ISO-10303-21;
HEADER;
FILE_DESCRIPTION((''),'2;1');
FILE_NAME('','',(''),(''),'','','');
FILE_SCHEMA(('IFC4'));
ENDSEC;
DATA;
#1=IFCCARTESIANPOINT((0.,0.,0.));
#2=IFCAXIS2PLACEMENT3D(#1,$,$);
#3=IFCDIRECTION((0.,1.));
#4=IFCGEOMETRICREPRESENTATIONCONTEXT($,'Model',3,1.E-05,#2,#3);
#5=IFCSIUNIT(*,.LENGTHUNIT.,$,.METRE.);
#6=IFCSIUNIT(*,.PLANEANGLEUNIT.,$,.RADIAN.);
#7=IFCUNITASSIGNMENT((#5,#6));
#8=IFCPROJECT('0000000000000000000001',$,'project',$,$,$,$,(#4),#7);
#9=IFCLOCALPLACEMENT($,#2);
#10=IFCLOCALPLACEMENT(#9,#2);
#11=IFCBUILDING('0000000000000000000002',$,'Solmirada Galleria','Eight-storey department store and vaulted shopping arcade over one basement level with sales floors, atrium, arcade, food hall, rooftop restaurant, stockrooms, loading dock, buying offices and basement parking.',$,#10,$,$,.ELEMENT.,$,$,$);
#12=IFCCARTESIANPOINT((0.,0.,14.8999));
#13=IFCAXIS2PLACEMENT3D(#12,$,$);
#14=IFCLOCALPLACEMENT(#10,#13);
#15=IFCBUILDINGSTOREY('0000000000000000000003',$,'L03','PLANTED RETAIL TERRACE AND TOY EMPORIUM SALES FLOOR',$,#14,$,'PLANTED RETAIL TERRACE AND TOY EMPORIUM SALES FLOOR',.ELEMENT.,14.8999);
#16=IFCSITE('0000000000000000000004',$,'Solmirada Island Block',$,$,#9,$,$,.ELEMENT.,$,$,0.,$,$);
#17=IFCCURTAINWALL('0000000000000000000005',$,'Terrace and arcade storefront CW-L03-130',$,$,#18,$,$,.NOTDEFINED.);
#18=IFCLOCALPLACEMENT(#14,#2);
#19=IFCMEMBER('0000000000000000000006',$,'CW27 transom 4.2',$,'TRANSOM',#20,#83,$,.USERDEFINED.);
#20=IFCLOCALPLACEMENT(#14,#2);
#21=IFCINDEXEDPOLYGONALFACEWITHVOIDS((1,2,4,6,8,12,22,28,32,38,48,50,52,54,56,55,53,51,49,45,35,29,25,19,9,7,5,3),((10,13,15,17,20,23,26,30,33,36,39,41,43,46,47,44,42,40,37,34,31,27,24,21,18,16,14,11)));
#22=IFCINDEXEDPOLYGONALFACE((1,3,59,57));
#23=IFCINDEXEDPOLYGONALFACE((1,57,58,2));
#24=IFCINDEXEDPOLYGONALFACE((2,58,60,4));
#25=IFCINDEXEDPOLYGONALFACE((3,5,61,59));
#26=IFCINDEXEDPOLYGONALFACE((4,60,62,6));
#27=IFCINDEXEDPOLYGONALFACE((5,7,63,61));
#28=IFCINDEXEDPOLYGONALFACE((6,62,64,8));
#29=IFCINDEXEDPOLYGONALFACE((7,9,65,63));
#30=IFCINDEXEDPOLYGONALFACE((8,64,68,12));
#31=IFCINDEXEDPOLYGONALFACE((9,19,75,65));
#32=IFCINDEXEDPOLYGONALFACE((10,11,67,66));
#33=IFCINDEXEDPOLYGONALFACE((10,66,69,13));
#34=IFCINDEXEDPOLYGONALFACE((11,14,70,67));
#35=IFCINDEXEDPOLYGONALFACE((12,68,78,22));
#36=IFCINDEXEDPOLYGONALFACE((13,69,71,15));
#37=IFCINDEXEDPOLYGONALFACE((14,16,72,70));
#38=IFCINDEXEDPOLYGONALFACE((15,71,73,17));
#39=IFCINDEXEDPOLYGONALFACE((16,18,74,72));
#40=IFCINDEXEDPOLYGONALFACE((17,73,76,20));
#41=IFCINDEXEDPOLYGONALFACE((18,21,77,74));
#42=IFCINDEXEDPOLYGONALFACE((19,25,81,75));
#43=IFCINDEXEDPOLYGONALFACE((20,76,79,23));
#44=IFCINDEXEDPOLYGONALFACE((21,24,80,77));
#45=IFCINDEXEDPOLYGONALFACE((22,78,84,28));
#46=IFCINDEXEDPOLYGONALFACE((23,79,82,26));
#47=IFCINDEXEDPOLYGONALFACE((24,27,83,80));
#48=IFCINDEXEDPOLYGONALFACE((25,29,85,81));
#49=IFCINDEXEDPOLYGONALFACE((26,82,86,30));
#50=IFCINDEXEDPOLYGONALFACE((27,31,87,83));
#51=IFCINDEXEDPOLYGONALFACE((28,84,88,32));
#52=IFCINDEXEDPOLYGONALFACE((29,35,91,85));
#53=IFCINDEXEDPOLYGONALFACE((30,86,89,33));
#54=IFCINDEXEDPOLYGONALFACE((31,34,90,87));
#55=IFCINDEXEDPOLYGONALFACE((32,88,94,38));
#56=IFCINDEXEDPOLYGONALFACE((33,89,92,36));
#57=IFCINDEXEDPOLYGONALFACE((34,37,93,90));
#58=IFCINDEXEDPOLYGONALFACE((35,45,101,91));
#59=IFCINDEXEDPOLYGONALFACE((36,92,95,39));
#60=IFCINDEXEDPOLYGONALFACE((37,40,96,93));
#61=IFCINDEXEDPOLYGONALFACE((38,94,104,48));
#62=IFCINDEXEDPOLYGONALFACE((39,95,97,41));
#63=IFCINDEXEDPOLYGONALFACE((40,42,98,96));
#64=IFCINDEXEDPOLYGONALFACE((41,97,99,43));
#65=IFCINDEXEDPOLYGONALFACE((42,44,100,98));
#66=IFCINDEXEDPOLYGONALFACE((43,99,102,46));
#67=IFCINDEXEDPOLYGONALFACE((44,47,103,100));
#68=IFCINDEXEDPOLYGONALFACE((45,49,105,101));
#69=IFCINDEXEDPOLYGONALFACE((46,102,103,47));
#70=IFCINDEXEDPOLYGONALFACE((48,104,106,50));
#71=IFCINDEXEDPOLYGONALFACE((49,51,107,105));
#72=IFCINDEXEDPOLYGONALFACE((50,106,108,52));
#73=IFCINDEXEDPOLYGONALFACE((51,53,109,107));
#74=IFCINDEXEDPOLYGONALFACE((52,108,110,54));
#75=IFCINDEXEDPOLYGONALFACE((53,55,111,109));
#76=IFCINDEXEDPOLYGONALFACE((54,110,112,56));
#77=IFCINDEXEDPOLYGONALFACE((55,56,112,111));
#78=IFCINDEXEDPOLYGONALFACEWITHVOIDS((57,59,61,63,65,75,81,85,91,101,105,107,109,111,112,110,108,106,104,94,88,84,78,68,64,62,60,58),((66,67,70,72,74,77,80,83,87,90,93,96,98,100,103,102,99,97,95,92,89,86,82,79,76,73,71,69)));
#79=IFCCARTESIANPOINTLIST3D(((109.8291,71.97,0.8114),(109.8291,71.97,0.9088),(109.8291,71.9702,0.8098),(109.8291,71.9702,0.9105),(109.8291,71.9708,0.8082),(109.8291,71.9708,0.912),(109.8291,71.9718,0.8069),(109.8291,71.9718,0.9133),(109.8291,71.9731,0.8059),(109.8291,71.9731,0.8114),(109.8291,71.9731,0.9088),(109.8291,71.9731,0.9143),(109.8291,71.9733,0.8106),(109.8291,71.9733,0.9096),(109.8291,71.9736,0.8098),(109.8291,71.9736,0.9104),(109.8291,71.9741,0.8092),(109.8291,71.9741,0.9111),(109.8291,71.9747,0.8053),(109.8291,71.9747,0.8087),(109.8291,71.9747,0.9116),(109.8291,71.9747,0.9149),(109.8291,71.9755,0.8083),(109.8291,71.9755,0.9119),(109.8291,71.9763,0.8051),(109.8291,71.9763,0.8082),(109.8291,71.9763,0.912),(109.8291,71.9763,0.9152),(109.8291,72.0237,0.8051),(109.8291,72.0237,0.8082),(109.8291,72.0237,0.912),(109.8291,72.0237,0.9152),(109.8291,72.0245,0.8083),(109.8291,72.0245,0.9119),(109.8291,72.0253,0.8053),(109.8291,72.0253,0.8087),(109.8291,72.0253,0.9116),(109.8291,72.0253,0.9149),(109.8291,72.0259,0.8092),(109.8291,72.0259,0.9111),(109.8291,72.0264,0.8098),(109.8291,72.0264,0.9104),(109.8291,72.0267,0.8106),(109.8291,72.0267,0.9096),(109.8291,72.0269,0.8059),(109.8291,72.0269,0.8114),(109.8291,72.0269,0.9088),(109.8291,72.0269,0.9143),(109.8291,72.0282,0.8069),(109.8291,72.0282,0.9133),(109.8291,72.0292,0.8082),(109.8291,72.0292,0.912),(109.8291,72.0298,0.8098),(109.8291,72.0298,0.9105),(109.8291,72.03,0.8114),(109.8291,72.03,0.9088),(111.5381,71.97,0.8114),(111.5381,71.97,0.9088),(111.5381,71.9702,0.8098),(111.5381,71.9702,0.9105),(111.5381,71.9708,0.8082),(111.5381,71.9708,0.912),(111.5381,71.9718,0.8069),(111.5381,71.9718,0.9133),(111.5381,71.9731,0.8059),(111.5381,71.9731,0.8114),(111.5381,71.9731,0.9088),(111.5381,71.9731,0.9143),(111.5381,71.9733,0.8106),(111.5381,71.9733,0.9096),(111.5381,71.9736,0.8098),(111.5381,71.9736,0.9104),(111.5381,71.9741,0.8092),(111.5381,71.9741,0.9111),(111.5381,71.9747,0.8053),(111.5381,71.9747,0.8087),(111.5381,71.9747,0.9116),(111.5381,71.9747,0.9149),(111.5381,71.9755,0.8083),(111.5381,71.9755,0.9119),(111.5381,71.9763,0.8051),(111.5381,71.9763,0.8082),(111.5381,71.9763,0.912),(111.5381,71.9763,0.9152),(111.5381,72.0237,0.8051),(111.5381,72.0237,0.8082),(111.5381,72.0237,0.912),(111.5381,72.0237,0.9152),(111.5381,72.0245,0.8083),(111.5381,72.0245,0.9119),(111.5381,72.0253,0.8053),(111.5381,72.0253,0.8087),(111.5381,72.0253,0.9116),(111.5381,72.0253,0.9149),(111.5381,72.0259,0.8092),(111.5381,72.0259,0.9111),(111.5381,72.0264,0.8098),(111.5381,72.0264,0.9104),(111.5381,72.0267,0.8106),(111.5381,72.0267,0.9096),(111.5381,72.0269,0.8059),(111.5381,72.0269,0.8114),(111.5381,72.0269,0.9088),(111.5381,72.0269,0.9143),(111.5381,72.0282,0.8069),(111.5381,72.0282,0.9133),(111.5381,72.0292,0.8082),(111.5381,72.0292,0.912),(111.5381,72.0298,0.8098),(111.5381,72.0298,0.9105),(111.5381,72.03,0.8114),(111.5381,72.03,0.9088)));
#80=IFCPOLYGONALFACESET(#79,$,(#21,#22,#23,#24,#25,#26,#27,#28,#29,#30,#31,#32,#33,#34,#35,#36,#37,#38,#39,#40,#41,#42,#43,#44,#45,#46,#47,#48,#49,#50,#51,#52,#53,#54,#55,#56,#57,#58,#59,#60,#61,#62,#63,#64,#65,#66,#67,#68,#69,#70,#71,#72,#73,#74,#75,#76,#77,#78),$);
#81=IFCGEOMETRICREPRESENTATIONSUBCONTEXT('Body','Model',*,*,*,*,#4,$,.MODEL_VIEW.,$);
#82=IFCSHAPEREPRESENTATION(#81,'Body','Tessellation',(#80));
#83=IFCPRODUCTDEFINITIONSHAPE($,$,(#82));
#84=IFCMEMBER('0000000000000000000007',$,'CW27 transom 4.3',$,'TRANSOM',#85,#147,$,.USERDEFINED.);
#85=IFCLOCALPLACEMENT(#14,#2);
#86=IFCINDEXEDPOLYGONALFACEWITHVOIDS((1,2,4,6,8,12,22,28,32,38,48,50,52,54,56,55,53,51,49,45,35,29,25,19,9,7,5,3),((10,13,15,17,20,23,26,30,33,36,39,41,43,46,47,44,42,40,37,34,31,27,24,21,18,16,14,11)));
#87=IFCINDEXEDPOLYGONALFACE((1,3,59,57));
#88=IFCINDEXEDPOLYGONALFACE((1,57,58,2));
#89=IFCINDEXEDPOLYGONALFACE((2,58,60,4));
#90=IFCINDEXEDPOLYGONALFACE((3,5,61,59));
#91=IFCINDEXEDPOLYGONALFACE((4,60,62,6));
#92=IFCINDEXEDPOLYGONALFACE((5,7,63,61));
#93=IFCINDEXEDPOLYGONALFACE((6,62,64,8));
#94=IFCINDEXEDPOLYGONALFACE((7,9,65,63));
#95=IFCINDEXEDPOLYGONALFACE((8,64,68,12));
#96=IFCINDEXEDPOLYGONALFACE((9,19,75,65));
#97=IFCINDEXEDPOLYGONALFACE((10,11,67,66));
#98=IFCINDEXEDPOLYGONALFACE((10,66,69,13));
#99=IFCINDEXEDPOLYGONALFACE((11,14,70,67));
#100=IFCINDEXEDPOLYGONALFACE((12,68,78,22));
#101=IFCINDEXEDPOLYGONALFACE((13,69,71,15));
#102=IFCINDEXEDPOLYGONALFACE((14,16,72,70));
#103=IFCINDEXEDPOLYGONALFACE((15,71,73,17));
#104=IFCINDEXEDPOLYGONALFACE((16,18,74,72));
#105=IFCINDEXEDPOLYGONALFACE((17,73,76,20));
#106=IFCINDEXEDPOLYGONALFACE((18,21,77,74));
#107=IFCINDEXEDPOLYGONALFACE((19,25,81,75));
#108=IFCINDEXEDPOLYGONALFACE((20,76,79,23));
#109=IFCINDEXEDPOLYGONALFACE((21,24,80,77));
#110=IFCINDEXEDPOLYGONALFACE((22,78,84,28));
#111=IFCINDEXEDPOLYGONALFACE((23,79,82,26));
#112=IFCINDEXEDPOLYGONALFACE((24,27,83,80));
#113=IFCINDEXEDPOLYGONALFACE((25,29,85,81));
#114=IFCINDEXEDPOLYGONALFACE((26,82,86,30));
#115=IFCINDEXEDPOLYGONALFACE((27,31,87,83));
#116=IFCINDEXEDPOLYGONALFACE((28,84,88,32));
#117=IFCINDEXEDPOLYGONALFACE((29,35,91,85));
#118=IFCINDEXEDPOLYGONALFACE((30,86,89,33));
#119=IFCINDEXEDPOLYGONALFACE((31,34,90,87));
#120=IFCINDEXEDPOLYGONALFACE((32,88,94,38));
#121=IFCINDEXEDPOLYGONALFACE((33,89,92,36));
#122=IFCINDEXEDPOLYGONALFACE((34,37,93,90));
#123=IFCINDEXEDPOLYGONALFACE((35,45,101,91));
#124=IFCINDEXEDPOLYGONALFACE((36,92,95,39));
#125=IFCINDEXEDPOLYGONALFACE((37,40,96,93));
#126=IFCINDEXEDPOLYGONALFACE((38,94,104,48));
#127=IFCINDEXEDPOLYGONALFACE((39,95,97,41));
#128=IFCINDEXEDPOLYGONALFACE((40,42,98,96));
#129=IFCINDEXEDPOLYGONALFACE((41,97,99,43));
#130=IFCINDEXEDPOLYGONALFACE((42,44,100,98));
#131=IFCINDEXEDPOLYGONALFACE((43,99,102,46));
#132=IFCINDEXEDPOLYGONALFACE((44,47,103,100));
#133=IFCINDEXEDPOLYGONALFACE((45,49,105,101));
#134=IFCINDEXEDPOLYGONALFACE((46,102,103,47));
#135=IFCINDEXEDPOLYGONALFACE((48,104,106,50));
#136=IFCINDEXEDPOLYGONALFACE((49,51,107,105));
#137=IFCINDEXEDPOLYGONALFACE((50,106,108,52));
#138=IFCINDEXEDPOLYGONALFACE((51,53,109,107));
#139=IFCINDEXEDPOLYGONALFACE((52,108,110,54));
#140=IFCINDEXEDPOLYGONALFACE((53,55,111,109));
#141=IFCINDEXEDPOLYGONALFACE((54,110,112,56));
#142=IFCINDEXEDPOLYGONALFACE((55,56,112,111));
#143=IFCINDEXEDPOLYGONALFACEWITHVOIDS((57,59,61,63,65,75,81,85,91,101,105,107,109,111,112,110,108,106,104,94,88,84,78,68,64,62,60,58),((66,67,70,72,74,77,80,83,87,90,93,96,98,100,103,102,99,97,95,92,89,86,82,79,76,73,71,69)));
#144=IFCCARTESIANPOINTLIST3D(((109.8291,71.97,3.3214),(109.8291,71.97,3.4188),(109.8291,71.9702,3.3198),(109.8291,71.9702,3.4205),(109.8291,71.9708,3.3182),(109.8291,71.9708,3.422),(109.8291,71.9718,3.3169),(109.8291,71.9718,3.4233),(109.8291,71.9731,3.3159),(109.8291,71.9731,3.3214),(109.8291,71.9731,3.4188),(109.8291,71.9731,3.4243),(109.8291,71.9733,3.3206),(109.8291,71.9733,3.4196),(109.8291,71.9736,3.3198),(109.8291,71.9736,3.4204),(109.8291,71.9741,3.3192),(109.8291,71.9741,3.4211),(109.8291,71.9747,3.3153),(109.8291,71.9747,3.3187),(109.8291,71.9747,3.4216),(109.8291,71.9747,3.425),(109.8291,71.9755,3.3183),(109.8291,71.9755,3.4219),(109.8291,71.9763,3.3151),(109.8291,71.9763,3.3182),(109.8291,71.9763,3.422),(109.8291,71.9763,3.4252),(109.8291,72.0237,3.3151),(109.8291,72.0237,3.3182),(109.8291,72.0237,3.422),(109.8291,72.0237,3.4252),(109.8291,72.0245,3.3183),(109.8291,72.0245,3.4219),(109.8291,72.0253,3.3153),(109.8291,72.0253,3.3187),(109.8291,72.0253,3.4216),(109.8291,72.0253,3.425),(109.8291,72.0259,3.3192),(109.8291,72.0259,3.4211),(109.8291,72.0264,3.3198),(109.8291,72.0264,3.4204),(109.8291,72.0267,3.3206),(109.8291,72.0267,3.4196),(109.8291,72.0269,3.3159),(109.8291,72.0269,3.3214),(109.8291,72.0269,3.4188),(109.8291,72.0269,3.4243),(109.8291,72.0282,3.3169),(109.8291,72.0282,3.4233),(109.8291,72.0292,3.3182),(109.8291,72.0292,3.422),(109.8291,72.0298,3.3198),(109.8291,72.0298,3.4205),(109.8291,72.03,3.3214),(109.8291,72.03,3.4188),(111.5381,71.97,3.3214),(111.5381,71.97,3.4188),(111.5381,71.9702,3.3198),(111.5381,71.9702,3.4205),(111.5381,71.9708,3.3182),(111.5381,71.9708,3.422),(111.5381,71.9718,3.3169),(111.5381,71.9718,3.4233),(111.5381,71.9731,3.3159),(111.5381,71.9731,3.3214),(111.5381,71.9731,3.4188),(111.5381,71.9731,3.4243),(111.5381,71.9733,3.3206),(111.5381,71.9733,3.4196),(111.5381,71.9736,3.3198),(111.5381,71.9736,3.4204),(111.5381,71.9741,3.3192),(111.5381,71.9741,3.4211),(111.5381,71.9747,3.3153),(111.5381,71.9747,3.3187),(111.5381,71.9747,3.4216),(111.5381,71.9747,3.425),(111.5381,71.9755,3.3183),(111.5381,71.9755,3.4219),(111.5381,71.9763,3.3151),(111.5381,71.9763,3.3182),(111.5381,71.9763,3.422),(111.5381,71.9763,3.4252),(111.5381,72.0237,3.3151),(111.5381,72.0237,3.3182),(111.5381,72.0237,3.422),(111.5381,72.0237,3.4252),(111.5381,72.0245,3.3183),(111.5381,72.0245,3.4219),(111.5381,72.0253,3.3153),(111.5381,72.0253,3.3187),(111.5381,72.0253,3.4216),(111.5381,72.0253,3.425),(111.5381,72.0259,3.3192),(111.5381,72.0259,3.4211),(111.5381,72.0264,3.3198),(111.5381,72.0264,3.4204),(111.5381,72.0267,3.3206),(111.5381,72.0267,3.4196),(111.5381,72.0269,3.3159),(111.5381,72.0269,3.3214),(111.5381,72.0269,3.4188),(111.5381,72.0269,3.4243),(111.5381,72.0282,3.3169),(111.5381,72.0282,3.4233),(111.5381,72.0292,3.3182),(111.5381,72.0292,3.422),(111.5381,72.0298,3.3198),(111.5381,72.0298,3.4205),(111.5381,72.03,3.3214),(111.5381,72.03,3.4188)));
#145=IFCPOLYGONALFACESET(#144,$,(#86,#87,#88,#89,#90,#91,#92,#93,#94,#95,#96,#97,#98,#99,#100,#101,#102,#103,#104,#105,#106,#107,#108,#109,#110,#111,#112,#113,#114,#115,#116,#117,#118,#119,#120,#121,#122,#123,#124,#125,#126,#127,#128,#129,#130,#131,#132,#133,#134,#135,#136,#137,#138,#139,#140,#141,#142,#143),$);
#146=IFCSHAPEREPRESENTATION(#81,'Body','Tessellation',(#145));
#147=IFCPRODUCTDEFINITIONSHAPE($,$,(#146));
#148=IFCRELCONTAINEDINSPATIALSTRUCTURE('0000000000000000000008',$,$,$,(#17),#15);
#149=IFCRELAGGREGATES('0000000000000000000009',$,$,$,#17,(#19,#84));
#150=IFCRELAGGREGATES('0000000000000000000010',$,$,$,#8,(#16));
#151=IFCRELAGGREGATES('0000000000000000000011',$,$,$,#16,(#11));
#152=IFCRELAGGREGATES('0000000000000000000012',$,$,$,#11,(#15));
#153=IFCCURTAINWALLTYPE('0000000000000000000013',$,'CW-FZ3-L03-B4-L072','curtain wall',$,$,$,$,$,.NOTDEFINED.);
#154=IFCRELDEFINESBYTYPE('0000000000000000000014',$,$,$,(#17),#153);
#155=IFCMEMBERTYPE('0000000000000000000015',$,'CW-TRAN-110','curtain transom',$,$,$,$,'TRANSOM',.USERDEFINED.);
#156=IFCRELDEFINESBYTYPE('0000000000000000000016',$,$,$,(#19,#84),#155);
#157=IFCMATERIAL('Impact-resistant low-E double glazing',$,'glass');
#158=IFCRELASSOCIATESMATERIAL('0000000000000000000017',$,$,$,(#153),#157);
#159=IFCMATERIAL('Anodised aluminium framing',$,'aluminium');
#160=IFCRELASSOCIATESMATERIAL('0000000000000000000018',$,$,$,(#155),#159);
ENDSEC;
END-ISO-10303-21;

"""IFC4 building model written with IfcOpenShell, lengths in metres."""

from ifc_helpers import new_model, si_unit, direction, frame, origin, origin_2d, place, context, subcontext, project, spatial, hollow_rectangle, extrude, material, material_profile, profile_set, type_object, element, aggregate, save


model = new_model("IFC4")

# Units and contexts
model_context = context("Model", 3, precision=1e-05, world=origin(), true_north=direction((0.0, 1.0)))
body_context = subcontext(model_context, "Body", "Model", "MODEL_VIEW")
ifc_project = project(units=[si_unit("LENGTHUNIT", "METRE"), si_unit("PLANEANGLEUNIT", "RADIAN")], contexts=[model_context])

# Site, building, storey
site_placement = place(None, origin())
site = spatial("IfcSite", under=ifc_project, at=site_placement, Name="Solmirada Island Block", CompositionType="ELEMENT", RefElevation=0.0)
building_placement = place(site_placement, origin())
building = spatial("IfcBuilding", under=site, at=building_placement, Name="Solmirada Galleria", Description="Eight-storey department store and vaulted shopping arcade over one basement level with sales floors, atrium, arcade, food hall, rooftop restaurant, stockrooms, loading dock, buying offices and basement parking.", CompositionType="ELEMENT")
storey_placement = place(building_placement, frame((0.0, 0.0, 14.8999)))
storey = spatial("IfcBuildingStorey", under=building, at=storey_placement, Name="L03", Description="PLANTED RETAIL TERRACE AND TOY EMPORIUM SALES FLOOR", LongName="PLANTED RETAIL TERRACE AND TOY EMPORIUM SALES FLOOR", CompositionType="ELEMENT", Elevation=14.8999)

# Shared definitions
ifc_material_1 = material(Name="Impact-resistant low-E double glazing", Category="glass")
ifc_material_2 = material(Name="Anodised aluminium framing", Category="aluminium")

# Curtain wall
curtain_wall_type_1 = type_object("IfcCurtainWallType", Name="CW-FZ3-L03-B4-L072", Description="curtain wall", PredefinedType="NOTDEFINED", material=ifc_material_1)
curtain_wall_1_placement = place(storey_placement, origin())
curtain_wall_1 = element("IfcCurtainWall", 1, at=curtain_wall_1_placement, inside=storey, type_object=curtain_wall_type_1, Name="Terrace and arcade storefront CW-L03-130", PredefinedType="NOTDEFINED")

# Members
ifc_material_profile_1 = material_profile(ifc_material_2, hollow_rectangle(XDim=0.0601, YDim=0.1101, WallThickness=0.0032, InnerFilletRadius=0.0032, OuterFilletRadius=0.0063, at=origin_2d()), Name="ALU-TRAN-110X60")
ifc_profile_set_1 = profile_set([ifc_material_profile_1], Name="Anodised aluminium framing")
member_type_1 = type_object("IfcMemberType", Name="CW-TRAN-110", Description="curtain transom", ElementType="TRANSOM", PredefinedType="USERDEFINED", material=ifc_profile_set_1)
member_1_placement = place(storey_placement, frame((109.8291, 72.0, 0.8601), z_axis=(1.0, 0.0, 0.0), x_axis=(0.0, 1.0, 0.0)))
member_1 = element("IfcMember", 2, at=member_1_placement, type_object=member_type_1, Name="CW27 transom 4.2", ObjectType="TRANSOM", PredefinedType="USERDEFINED", context=body_context, shape_type="SweptSolid", body=[
    extrude(hollow_rectangle(XDim=0.0601, YDim=0.1101, WallThickness=0.0032, InnerFilletRadius=0.0032, OuterFilletRadius=0.0063, at=origin_2d()), origin(), (0.0, 0.0, 1.0), 1.709),
])
member_2_placement = place(storey_placement, frame((109.8291, 72.0, 3.3701), z_axis=(1.0, 0.0, 0.0), x_axis=(0.0, 1.0, 0.0)))
member_2 = element("IfcMember", 3, at=member_2_placement, type_object=member_type_1, Name="CW27 transom 4.3", ObjectType="TRANSOM", PredefinedType="USERDEFINED", context=body_context, shape_type="SweptSolid", body=[
    extrude(hollow_rectangle(XDim=0.0601, YDim=0.1101, WallThickness=0.0032, InnerFilletRadius=0.0032, OuterFilletRadius=0.0063, at=origin_2d()), origin(), (0.0, 0.0, 1.0), 1.709),
])

aggregate(curtain_wall_1, [member_1, member_2])

save(model, "model.ifc")
